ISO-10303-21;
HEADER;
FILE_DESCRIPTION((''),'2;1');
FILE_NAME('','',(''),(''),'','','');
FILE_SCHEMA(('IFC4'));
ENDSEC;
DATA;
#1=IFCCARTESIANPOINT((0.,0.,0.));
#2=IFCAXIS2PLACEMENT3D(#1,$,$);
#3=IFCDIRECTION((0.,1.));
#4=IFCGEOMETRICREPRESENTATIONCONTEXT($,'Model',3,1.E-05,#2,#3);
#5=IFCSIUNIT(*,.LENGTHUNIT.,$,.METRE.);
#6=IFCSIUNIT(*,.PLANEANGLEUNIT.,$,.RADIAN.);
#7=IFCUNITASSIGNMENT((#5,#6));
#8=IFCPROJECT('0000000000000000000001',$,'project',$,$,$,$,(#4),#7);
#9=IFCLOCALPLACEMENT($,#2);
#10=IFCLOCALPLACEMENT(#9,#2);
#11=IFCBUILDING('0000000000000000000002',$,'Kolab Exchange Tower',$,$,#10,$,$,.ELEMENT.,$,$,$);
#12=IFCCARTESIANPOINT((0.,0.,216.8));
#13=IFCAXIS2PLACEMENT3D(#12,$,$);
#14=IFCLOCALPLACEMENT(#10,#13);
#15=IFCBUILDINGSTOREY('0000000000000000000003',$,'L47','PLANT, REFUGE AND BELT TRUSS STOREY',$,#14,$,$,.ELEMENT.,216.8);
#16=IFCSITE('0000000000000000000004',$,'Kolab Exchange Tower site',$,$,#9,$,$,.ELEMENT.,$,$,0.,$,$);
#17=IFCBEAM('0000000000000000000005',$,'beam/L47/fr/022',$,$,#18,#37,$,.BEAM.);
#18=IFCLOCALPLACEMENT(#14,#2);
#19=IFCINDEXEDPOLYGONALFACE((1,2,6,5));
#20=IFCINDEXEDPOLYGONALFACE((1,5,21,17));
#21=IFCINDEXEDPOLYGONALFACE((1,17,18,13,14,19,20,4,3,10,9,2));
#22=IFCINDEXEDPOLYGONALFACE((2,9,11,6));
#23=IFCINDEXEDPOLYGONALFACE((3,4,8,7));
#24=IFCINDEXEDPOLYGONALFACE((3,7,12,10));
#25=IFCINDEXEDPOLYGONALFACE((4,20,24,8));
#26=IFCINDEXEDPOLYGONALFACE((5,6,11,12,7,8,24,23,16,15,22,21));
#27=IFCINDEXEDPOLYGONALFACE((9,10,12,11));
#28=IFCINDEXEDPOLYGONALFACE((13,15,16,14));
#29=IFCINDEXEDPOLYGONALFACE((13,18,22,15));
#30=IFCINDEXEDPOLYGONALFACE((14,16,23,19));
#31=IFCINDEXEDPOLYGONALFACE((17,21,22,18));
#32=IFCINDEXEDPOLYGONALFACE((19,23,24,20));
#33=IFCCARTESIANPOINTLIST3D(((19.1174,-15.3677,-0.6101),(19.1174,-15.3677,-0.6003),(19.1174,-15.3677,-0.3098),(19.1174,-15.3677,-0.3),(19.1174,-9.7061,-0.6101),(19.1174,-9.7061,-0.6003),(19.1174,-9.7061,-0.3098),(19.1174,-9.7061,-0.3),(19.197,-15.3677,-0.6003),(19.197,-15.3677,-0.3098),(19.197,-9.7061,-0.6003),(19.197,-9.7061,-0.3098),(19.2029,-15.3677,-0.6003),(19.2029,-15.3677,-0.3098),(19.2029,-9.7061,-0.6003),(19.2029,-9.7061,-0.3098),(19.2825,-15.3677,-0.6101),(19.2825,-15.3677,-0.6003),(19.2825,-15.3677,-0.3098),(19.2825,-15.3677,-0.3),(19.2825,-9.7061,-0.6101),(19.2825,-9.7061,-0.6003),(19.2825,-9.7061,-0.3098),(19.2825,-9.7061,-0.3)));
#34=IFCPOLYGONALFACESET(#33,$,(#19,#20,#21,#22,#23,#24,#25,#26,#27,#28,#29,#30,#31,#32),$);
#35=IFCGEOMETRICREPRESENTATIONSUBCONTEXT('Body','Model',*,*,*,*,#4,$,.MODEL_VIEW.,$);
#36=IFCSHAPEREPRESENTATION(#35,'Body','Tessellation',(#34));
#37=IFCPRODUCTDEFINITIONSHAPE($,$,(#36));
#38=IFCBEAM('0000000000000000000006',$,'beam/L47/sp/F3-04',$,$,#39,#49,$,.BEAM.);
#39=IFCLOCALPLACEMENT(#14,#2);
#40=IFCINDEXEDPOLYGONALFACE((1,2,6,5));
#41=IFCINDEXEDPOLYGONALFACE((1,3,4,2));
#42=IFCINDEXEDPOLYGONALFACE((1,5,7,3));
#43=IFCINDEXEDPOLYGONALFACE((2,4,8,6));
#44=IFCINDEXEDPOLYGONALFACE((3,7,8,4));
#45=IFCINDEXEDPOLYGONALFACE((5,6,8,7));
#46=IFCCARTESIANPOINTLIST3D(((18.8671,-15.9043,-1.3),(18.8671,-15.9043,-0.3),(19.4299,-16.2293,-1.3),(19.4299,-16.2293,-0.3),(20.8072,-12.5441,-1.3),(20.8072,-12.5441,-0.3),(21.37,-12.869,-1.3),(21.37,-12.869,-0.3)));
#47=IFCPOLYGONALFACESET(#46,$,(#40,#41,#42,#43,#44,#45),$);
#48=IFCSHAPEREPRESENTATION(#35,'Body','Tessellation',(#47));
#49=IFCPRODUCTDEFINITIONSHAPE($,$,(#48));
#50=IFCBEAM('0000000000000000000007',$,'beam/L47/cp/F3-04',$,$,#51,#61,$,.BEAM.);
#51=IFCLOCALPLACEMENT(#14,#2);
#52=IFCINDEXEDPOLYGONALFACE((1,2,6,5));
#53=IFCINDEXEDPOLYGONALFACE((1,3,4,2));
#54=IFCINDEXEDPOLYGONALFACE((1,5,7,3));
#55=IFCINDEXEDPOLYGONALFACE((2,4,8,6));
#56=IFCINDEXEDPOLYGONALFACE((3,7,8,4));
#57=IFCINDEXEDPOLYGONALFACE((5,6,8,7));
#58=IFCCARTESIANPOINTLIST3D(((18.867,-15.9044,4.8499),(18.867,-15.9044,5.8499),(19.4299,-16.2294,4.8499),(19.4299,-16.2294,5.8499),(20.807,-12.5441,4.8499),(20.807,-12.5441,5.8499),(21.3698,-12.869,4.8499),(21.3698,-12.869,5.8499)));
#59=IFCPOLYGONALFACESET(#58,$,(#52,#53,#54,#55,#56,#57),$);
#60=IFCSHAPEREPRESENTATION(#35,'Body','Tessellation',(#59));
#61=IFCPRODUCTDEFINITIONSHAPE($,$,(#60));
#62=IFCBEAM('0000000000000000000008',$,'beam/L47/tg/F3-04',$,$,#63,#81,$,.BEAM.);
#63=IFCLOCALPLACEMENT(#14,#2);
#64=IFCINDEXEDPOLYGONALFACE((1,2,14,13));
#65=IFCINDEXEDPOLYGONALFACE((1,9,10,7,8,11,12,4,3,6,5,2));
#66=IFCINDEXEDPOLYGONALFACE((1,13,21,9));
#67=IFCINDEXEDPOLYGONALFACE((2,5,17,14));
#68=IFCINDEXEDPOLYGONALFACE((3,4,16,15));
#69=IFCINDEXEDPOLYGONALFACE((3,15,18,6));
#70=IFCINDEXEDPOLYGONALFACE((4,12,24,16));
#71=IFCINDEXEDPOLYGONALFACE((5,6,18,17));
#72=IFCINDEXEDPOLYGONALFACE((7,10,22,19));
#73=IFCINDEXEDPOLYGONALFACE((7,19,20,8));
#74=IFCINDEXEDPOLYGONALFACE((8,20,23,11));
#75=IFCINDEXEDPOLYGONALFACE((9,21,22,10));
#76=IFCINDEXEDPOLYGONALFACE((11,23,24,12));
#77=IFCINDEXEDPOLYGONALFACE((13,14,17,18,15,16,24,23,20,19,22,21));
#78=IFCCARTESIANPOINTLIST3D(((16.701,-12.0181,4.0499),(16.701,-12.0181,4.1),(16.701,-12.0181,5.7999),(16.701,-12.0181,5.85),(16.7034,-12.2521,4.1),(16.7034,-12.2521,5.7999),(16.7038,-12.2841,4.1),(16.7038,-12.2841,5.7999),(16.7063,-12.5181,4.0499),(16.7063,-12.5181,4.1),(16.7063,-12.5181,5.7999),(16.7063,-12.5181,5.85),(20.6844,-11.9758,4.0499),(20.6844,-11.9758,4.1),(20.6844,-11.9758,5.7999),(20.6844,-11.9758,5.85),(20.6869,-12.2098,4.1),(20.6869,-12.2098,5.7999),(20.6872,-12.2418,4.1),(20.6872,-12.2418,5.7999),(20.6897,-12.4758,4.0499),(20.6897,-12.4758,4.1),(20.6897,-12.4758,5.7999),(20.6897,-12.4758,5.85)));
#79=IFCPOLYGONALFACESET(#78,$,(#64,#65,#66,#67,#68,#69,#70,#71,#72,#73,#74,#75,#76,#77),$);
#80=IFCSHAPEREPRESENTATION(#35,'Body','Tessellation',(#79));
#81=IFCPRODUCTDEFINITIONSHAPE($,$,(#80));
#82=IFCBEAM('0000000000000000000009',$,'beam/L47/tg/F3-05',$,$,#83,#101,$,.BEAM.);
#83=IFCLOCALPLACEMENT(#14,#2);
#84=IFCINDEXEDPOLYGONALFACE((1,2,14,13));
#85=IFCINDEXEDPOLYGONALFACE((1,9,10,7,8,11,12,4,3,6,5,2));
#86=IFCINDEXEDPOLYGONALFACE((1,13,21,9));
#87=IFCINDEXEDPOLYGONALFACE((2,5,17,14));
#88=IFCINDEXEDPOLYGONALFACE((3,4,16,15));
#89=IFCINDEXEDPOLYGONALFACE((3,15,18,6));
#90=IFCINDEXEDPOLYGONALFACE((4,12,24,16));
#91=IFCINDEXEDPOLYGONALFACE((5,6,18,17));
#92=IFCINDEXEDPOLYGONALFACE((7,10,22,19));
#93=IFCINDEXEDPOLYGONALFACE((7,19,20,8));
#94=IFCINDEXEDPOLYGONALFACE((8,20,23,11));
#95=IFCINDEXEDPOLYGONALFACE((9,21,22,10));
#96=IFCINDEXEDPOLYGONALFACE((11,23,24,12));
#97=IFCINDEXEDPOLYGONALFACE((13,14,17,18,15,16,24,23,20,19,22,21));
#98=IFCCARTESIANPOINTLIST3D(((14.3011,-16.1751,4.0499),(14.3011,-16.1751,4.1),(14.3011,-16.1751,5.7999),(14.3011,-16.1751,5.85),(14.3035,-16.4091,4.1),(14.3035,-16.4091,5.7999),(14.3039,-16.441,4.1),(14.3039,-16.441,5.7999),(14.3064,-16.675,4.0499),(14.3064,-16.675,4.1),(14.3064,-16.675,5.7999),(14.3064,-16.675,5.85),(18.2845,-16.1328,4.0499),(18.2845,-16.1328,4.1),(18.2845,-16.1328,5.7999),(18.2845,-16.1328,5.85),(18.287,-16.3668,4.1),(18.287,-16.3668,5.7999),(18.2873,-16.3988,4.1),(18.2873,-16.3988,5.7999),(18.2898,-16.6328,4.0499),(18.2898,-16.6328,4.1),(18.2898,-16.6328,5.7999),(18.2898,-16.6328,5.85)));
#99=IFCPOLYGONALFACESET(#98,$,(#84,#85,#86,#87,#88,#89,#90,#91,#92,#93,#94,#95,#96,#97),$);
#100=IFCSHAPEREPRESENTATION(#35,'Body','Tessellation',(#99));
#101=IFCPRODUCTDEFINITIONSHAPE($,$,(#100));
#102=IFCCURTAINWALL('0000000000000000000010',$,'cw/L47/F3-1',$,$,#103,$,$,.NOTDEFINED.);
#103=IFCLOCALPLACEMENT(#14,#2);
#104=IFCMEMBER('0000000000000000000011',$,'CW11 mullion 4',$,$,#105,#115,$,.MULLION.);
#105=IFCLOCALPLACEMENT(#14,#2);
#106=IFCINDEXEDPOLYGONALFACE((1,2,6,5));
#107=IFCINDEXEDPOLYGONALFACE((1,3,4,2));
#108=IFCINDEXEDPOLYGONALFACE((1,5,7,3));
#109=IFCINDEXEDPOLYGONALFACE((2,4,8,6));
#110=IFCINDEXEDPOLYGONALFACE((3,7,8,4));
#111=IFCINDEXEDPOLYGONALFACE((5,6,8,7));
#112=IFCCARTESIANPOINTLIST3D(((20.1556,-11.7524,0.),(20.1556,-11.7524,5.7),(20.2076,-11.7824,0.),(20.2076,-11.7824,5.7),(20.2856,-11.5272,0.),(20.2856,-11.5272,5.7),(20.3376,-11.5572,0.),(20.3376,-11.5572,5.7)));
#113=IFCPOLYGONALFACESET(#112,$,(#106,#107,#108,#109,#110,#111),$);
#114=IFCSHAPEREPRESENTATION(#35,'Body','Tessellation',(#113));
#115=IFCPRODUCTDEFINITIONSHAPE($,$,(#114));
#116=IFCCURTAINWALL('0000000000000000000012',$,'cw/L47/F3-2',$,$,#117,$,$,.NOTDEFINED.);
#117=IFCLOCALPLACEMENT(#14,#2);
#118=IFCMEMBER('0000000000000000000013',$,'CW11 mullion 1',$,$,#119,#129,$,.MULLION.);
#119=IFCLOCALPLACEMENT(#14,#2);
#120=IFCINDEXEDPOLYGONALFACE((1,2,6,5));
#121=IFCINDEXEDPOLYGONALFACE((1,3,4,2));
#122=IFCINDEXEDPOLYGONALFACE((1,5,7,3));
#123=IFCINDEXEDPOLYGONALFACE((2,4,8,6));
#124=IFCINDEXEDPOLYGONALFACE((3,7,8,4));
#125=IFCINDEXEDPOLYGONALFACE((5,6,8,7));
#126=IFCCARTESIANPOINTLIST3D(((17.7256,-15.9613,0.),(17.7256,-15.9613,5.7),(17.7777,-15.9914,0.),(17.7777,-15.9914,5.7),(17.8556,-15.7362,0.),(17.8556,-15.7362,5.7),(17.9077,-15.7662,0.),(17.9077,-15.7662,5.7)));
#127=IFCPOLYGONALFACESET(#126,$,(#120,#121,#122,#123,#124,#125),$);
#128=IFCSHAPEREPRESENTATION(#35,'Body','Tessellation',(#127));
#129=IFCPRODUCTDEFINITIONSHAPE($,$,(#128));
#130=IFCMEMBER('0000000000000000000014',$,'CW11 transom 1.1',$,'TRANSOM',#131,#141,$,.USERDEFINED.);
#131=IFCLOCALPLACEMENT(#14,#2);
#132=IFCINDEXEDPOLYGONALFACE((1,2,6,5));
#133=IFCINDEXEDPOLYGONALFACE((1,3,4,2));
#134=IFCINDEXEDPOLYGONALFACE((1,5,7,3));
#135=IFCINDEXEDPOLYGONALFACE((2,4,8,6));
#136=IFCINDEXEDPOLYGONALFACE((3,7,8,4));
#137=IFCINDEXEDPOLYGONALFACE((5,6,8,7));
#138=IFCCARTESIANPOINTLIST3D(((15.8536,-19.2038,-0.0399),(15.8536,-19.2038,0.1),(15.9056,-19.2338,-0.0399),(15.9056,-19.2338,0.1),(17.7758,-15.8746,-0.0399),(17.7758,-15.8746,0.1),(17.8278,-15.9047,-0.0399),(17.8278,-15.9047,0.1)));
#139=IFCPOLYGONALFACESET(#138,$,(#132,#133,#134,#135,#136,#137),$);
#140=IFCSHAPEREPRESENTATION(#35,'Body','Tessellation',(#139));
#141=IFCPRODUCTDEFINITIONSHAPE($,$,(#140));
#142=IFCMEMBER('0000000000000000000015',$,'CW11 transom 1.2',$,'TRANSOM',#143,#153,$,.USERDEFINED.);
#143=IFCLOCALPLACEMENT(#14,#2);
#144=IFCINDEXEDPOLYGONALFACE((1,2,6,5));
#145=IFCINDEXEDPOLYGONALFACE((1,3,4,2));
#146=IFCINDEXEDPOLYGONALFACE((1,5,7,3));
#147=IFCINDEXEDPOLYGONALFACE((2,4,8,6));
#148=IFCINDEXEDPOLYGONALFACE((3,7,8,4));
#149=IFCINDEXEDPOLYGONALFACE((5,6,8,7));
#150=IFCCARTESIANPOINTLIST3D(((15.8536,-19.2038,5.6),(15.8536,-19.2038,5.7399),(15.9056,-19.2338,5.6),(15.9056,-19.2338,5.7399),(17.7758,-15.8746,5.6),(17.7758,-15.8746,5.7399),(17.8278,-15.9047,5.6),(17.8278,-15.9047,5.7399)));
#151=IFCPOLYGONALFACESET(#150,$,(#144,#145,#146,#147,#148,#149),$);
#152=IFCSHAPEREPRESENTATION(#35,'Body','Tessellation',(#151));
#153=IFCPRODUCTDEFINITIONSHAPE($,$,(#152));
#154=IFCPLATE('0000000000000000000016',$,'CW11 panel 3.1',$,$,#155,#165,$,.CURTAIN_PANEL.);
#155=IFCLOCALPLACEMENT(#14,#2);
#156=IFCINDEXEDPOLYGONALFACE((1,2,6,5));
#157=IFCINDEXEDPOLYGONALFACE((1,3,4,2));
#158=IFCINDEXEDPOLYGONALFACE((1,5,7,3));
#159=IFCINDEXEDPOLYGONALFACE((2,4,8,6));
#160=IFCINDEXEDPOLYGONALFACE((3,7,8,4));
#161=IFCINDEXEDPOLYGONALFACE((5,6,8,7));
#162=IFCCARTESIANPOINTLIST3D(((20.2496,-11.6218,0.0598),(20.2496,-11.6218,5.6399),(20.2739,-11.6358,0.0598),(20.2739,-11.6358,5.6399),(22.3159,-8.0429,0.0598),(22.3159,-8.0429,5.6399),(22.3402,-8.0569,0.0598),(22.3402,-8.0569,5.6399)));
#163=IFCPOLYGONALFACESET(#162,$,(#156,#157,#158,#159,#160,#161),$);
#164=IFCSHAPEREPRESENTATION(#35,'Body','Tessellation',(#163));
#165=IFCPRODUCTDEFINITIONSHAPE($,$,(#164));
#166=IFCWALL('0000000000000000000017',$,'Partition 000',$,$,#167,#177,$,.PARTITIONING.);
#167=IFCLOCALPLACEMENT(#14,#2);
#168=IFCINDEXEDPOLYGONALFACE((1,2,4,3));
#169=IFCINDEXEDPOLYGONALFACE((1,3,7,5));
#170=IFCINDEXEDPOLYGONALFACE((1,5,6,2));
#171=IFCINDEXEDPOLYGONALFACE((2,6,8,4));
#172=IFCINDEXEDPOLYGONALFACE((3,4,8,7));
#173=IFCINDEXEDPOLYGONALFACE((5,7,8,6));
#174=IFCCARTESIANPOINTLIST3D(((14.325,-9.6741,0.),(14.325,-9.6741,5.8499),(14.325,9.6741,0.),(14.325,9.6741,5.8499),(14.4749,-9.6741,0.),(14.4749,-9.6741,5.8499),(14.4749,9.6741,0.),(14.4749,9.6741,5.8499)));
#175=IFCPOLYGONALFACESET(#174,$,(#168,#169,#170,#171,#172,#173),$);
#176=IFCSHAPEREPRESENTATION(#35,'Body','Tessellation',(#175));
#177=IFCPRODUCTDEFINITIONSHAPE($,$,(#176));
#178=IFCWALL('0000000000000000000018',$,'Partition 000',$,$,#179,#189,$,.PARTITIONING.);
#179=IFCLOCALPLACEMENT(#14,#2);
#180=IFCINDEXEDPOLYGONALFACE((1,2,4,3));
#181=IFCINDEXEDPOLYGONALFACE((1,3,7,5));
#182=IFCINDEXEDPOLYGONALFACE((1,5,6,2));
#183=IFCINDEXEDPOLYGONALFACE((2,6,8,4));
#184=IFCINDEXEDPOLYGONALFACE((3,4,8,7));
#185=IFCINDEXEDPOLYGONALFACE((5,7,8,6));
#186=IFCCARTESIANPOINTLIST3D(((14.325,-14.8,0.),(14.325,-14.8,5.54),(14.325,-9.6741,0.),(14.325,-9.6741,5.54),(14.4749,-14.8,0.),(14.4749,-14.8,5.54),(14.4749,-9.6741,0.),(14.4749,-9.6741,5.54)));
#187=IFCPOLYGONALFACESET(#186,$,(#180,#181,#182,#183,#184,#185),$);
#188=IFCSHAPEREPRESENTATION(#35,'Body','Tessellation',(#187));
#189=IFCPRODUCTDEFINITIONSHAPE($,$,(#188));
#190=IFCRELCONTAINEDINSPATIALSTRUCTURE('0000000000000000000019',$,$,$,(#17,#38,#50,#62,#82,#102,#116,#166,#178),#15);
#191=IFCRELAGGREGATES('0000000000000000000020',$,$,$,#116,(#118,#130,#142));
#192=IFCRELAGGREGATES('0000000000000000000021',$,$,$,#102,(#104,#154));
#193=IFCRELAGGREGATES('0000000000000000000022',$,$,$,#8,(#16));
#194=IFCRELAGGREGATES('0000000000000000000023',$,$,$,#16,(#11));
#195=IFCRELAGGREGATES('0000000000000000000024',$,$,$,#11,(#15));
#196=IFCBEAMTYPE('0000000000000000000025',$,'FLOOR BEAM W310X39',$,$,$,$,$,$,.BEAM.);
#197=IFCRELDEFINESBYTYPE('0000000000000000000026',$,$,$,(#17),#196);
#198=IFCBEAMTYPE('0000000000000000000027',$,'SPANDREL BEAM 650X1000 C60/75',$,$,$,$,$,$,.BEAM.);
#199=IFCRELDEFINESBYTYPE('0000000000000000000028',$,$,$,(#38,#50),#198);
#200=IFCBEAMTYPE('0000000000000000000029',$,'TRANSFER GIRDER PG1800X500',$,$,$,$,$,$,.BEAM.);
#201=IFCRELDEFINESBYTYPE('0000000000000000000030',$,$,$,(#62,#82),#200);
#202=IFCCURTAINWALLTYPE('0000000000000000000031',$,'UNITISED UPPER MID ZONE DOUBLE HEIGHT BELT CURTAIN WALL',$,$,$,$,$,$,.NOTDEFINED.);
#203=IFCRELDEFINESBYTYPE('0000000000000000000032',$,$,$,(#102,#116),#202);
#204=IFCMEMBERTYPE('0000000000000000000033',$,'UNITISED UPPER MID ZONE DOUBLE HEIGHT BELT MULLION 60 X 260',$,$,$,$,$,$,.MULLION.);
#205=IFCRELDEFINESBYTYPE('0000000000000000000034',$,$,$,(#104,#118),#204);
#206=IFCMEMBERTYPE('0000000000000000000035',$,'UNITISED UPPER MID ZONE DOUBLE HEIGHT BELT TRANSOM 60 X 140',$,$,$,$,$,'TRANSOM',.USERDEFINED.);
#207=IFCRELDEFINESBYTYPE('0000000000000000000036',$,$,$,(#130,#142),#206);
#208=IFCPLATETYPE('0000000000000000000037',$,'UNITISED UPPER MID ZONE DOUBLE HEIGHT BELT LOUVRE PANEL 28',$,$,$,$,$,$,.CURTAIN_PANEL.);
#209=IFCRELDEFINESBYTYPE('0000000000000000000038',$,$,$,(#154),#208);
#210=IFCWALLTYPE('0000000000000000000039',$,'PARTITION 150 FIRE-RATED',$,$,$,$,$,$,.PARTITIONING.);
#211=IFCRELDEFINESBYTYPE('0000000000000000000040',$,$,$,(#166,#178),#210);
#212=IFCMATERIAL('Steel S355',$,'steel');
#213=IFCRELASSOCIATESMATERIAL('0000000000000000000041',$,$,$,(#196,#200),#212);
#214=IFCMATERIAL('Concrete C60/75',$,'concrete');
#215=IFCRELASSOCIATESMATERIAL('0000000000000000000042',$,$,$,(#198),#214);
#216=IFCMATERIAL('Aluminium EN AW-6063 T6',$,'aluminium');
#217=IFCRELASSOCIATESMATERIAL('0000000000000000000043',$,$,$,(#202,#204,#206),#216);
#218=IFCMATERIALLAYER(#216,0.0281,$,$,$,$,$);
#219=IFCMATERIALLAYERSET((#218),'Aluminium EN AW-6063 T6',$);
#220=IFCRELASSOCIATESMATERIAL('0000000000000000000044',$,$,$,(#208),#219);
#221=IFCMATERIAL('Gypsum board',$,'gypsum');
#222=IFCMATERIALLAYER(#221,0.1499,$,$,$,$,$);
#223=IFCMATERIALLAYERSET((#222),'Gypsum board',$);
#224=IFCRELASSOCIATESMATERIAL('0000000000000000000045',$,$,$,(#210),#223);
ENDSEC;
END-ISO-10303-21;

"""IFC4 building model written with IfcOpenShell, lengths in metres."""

from ifc_helpers import new_model, si_unit, direction, frame, frame_2d, origin, origin_2d, place, context, subcontext, project, spatial, rectangle, i_section, extrude, material, layer, layer_set, material_profile, profile_set, type_object, element, aggregate, save


model = new_model("IFC4")

# Units and contexts
model_context = context("Model", 3, precision=1e-05, world=origin(), true_north=direction((0.0, 1.0)))
body_context = subcontext(model_context, "Body", "Model", "MODEL_VIEW")
ifc_project = project(units=[si_unit("LENGTHUNIT", "METRE"), si_unit("PLANEANGLEUNIT", "RADIAN")], contexts=[model_context])

# Site, building, storey
site_placement = place(None, origin())
site = spatial("IfcSite", under=ifc_project, at=site_placement, Name="Kolab Exchange Tower site", CompositionType="ELEMENT", RefElevation=0.0)
building_placement = place(site_placement, origin())
building = spatial("IfcBuilding", under=site, at=building_placement, Name="Kolab Exchange Tower", CompositionType="ELEMENT")
storey_placement = place(building_placement, frame((0.0, 0.0, 216.8)))
storey = spatial("IfcBuildingStorey", under=building, at=storey_placement, Name="L47", Description="PLANT, REFUGE AND BELT TRUSS STOREY", CompositionType="ELEMENT", Elevation=216.8)

# Shared definitions
ifc_material_1 = material(Name="Concrete C60/75", Category="concrete")

# Shared definitions
ifc_material_2 = material(Name="Steel S355", Category="steel")

# Beams
ifc_material_profile_1 = material_profile(ifc_material_2, i_section(OverallWidth=0.165, OverallDepth=0.3101, WebThickness=0.0059, FlangeThickness=0.0098, at=origin_2d()), Name="W310X39")
ifc_profile_set_1 = profile_set([ifc_material_profile_1], Name="Steel S355")
beam_type_1 = type_object("IfcBeamType", Name="FLOOR BEAM W310X39", PredefinedType="BEAM", material=ifc_profile_set_1)
beam_1_placement = place(storey_placement, frame((19.2, -15.3677, -0.4551), z_axis=(0.0, 1.0, 0.0), x_axis=(-1.0, 0.0, 0.0)))
element("IfcBeam", 1, at=beam_1_placement, inside=storey, type_object=beam_type_1, Name="beam/L47/fr/022", PredefinedType="BEAM", context=body_context, shape_type="SweptSolid", body=[
    extrude(i_section(OverallWidth=0.165, OverallDepth=0.3101, WebThickness=0.0059, FlangeThickness=0.0098, at=origin_2d()), origin(), (0.0, 0.0, 1.0), 5.6616),
])
ifc_material_profile_2 = material_profile(ifc_material_1, rectangle(XDim=0.6499, YDim=1.0, at=origin_2d()), Name="RC650X1000")
ifc_profile_set_2 = profile_set([ifc_material_profile_2], Name="Concrete C60/75")
beam_type_2 = type_object("IfcBeamType", Name="SPANDREL BEAM 650X1000 C60/75", PredefinedType="BEAM", material=ifc_profile_set_2)
for number, where, z_axis, x_axis, name in (
    (2, (21.0886, -12.7065, -0.8), (-0.500017, -0.866016, 0.0), (0.866016, -0.500017, 0.0), "beam/L47/sp/F3-04"),
    (3, (21.0884, -12.7065, 5.3499), (-0.499969, -0.866043, 0.0), (0.866043, -0.499969, 0.0), "beam/L47/cp/F3-04"),
):
    element("IfcBeam", number, at=place(storey_placement, frame(where, z_axis=z_axis, x_axis=x_axis)), inside=storey, type_object=beam_type_2, Name=name, PredefinedType="BEAM", context=body_context, shape_type="SweptSolid", body=[
        extrude(rectangle(XDim=0.6499, YDim=1.0, at=origin_2d()), origin(), (0.0, 0.0, 1.0), 3.8801),
    ])
ifc_material_profile_3 = material_profile(ifc_material_2, i_section(OverallWidth=0.5, OverallDepth=1.8, WebThickness=0.032, FlangeThickness=0.05, at=origin_2d()), Name="PG1800X500")
ifc_profile_set_3 = profile_set([ifc_material_profile_3], Name="Steel S355")
beam_type_3 = type_object("IfcBeamType", Name="TRANSFER GIRDER PG1800X500", PredefinedType="BEAM", material=ifc_profile_set_3)
for number, where, z_axis, x_axis, name in (
    (4, (16.7036, -12.2681, 4.95), (0.999944, 0.010602, 0.0), (-0.010602, 0.999944, 0.0), "beam/L47/tg/F3-04"),
    (5, (14.3037, -16.425, 4.95), (0.999944, 0.010602, 0.0), (-0.010602, 0.999944, 0.0), "beam/L47/tg/F3-05"),
):
    element("IfcBeam", number, at=place(storey_placement, frame(where, z_axis=z_axis, x_axis=x_axis)), inside=storey, type_object=beam_type_3, Name=name, PredefinedType="BEAM", context=body_context, shape_type="SweptSolid", body=[
        extrude(i_section(OverallWidth=0.5, OverallDepth=1.8, WebThickness=0.032, FlangeThickness=0.05, at=origin_2d()), origin(), (0.0, 0.0, 1.0), 3.9836),
    ])

# Curtain wall, member
ifc_material_3 = material(Name="Aluminium EN AW-6063 T6", Category="aluminium")
curtain_wall_type = type_object("IfcCurtainWallType", Name="UNITISED UPPER MID ZONE DOUBLE HEIGHT BELT CURTAIN WALL", PredefinedType="NOTDEFINED", material=ifc_material_3)
curtain_wall_1_placement = place(storey_placement, origin())
curtain_wall_1 = element("IfcCurtainWall", 6, at=curtain_wall_1_placement, inside=storey, type_object=curtain_wall_type, Name="cw/L47/F3-1", PredefinedType="NOTDEFINED")
ifc_material_profile_4 = material_profile(ifc_material_3, rectangle(XDim=0.0601, YDim=0.26, at=origin_2d()), Name="RECT 60X260")
ifc_profile_set_4 = profile_set([ifc_material_profile_4], Name="Aluminium EN AW-6063 T6")
member_type_1 = type_object("IfcMemberType", Name="UNITISED UPPER MID ZONE DOUBLE HEIGHT BELT MULLION 60 X 260", PredefinedType="MULLION", material=ifc_profile_set_4)
member_1_placement = place(storey_placement, frame((20.2466, -11.6548, 0.0), z_axis=(0.0, 0.0, 1.0), x_axis=(0.866025, -0.5, 0.0)))
member_1 = element("IfcMember", 7, at=member_1_placement, type_object=member_type_1, Name="CW11 mullion 4", PredefinedType="MULLION", context=body_context, shape_type="SweptSolid", body=[
    extrude(rectangle(XDim=0.0601, YDim=0.26, at=origin_2d()), origin(), (0.0, 0.0, 1.0), 5.7),
])

# Curtain wall, members
curtain_wall_2_placement = place(storey_placement, origin())
curtain_wall_2 = element("IfcCurtainWall", 8, at=curtain_wall_2_placement, inside=storey, type_object=curtain_wall_type, Name="cw/L47/F3-2", PredefinedType="NOTDEFINED")
member_2_placement = place(storey_placement, frame((17.8167, -15.8638, 0.0), z_axis=(0.0, 0.0, 1.0), x_axis=(0.866025, -0.5, 0.0)))
member_2 = element("IfcMember", 9, at=member_2_placement, type_object=member_type_1, Name="CW11 mullion 1", PredefinedType="MULLION", context=body_context, shape_type="SweptSolid", body=[
    extrude(rectangle(XDim=0.0601, YDim=0.26, at=origin_2d()), origin(), (0.0, 0.0, 1.0), 5.7),
])
ifc_material_profile_5 = material_profile(ifc_material_3, rectangle(XDim=0.0601, YDim=0.1399, at=origin_2d()), Name="RECT 60X140")
ifc_profile_set_5 = profile_set([ifc_material_profile_5], Name="Aluminium EN AW-6063 T6")
member_type_2 = type_object("IfcMemberType", Name="UNITISED UPPER MID ZONE DOUBLE HEIGHT BELT TRANSOM 60 X 140", ElementType="TRANSOM", PredefinedType="USERDEFINED", material=ifc_profile_set_5)
member_3_placement = place(storey_placement, frame((17.8018, -15.8896, 0.03), z_axis=(-0.500012, -0.866018, 0.0), x_axis=(0.866018, -0.500012, 0.0)))
member_3 = element("IfcMember", 10, at=member_3_placement, type_object=member_type_2, Name="CW11 transom 1.1", ObjectType="TRANSOM", PredefinedType="USERDEFINED", context=body_context, shape_type="SweptSolid", body=[
    extrude(rectangle(XDim=0.0601, YDim=0.1399, at=origin_2d()), origin(), (0.0, 0.0, 1.0), 3.8442),
])
member_4_placement = place(storey_placement, frame((17.8018, -15.8896, 5.6699), z_axis=(-0.500012, -0.866018, 0.0), x_axis=(0.866018, -0.500012, 0.0)))
member_4 = element("IfcMember", 11, at=member_4_placement, type_object=member_type_2, Name="CW11 transom 1.2", ObjectType="TRANSOM", PredefinedType="USERDEFINED", context=body_context, shape_type="SweptSolid", body=[
    extrude(rectangle(XDim=0.0601, YDim=0.1399, at=origin_2d()), origin(), (0.0, 0.0, 1.0), 3.8442),
])
aggregate(curtain_wall_2, [member_2, member_3, member_4])

# Plate
ifc_layer_1 = layer(ifc_material_3, 0.0281)
ifc_layer_set_1 = layer_set([ifc_layer_1], Name="Aluminium EN AW-6063 T6")
plate_type = type_object("IfcPlateType", Name="UNITISED UPPER MID ZONE DOUBLE HEIGHT BELT LOUVRE PANEL 28", PredefinedType="CURTAIN_PANEL", material=ifc_layer_set_1)
plate_placement = place(storey_placement, frame((21.2949, -9.8394, 0.0598), z_axis=(0.0, 0.0, 1.0), x_axis=(-0.5, -0.866025, 0.0)))
plate = element("IfcPlate", 12, at=plate_placement, type_object=plate_type, Name="CW11 panel 3.1", PredefinedType="CURTAIN_PANEL", context=body_context, shape_type="SweptSolid", body=[
    extrude(rectangle(XDim=4.1326, YDim=0.0281, at=origin_2d()), origin(), (0.0, 0.0, 1.0), 5.5801),
])
aggregate(curtain_wall_1, [member_1, plate])

# Walls
ifc_material_4 = material(Name="Gypsum board", Category="gypsum")
ifc_layer_2 = layer(ifc_material_4, 0.1499)
ifc_layer_set_2 = layer_set([ifc_layer_2], Name="Gypsum board")
wall_type_1 = type_object("IfcWallType", Name="PARTITION 150 FIRE-RATED", PredefinedType="PARTITIONING", material=ifc_layer_set_2)
wall_1_placement = place(storey_placement, frame((14.3999, -9.6741, 0.0), z_axis=(0.0, 0.0, 1.0), x_axis=(0.0, 1.0, 0.0)))
element("IfcWall", 13, at=wall_1_placement, inside=storey, type_object=wall_type_1, Name="Partition 000", PredefinedType="PARTITIONING", context=body_context, shape_type="SweptSolid", body=[
    extrude(rectangle(XDim=19.3481, YDim=0.1499, at=frame_2d((9.6741, 0.0))), origin(), (0.0, 0.0, 1.0), 5.8499),
])
wall_2_placement = place(storey_placement, frame((14.3999, -14.8, 0.0), z_axis=(0.0, 0.0, 1.0), x_axis=(0.0, 1.0, 0.0)))
element("IfcWall", 14, at=wall_2_placement, inside=storey, type_object=wall_type_1, Name="Partition 000", PredefinedType="PARTITIONING", context=body_context, shape_type="SweptSolid", body=[
    extrude(rectangle(XDim=5.126, YDim=0.1499, at=frame_2d((2.563, 0.0))), origin(), (0.0, 0.0, 1.0), 5.54),
])

save(model, "model.ifc")
